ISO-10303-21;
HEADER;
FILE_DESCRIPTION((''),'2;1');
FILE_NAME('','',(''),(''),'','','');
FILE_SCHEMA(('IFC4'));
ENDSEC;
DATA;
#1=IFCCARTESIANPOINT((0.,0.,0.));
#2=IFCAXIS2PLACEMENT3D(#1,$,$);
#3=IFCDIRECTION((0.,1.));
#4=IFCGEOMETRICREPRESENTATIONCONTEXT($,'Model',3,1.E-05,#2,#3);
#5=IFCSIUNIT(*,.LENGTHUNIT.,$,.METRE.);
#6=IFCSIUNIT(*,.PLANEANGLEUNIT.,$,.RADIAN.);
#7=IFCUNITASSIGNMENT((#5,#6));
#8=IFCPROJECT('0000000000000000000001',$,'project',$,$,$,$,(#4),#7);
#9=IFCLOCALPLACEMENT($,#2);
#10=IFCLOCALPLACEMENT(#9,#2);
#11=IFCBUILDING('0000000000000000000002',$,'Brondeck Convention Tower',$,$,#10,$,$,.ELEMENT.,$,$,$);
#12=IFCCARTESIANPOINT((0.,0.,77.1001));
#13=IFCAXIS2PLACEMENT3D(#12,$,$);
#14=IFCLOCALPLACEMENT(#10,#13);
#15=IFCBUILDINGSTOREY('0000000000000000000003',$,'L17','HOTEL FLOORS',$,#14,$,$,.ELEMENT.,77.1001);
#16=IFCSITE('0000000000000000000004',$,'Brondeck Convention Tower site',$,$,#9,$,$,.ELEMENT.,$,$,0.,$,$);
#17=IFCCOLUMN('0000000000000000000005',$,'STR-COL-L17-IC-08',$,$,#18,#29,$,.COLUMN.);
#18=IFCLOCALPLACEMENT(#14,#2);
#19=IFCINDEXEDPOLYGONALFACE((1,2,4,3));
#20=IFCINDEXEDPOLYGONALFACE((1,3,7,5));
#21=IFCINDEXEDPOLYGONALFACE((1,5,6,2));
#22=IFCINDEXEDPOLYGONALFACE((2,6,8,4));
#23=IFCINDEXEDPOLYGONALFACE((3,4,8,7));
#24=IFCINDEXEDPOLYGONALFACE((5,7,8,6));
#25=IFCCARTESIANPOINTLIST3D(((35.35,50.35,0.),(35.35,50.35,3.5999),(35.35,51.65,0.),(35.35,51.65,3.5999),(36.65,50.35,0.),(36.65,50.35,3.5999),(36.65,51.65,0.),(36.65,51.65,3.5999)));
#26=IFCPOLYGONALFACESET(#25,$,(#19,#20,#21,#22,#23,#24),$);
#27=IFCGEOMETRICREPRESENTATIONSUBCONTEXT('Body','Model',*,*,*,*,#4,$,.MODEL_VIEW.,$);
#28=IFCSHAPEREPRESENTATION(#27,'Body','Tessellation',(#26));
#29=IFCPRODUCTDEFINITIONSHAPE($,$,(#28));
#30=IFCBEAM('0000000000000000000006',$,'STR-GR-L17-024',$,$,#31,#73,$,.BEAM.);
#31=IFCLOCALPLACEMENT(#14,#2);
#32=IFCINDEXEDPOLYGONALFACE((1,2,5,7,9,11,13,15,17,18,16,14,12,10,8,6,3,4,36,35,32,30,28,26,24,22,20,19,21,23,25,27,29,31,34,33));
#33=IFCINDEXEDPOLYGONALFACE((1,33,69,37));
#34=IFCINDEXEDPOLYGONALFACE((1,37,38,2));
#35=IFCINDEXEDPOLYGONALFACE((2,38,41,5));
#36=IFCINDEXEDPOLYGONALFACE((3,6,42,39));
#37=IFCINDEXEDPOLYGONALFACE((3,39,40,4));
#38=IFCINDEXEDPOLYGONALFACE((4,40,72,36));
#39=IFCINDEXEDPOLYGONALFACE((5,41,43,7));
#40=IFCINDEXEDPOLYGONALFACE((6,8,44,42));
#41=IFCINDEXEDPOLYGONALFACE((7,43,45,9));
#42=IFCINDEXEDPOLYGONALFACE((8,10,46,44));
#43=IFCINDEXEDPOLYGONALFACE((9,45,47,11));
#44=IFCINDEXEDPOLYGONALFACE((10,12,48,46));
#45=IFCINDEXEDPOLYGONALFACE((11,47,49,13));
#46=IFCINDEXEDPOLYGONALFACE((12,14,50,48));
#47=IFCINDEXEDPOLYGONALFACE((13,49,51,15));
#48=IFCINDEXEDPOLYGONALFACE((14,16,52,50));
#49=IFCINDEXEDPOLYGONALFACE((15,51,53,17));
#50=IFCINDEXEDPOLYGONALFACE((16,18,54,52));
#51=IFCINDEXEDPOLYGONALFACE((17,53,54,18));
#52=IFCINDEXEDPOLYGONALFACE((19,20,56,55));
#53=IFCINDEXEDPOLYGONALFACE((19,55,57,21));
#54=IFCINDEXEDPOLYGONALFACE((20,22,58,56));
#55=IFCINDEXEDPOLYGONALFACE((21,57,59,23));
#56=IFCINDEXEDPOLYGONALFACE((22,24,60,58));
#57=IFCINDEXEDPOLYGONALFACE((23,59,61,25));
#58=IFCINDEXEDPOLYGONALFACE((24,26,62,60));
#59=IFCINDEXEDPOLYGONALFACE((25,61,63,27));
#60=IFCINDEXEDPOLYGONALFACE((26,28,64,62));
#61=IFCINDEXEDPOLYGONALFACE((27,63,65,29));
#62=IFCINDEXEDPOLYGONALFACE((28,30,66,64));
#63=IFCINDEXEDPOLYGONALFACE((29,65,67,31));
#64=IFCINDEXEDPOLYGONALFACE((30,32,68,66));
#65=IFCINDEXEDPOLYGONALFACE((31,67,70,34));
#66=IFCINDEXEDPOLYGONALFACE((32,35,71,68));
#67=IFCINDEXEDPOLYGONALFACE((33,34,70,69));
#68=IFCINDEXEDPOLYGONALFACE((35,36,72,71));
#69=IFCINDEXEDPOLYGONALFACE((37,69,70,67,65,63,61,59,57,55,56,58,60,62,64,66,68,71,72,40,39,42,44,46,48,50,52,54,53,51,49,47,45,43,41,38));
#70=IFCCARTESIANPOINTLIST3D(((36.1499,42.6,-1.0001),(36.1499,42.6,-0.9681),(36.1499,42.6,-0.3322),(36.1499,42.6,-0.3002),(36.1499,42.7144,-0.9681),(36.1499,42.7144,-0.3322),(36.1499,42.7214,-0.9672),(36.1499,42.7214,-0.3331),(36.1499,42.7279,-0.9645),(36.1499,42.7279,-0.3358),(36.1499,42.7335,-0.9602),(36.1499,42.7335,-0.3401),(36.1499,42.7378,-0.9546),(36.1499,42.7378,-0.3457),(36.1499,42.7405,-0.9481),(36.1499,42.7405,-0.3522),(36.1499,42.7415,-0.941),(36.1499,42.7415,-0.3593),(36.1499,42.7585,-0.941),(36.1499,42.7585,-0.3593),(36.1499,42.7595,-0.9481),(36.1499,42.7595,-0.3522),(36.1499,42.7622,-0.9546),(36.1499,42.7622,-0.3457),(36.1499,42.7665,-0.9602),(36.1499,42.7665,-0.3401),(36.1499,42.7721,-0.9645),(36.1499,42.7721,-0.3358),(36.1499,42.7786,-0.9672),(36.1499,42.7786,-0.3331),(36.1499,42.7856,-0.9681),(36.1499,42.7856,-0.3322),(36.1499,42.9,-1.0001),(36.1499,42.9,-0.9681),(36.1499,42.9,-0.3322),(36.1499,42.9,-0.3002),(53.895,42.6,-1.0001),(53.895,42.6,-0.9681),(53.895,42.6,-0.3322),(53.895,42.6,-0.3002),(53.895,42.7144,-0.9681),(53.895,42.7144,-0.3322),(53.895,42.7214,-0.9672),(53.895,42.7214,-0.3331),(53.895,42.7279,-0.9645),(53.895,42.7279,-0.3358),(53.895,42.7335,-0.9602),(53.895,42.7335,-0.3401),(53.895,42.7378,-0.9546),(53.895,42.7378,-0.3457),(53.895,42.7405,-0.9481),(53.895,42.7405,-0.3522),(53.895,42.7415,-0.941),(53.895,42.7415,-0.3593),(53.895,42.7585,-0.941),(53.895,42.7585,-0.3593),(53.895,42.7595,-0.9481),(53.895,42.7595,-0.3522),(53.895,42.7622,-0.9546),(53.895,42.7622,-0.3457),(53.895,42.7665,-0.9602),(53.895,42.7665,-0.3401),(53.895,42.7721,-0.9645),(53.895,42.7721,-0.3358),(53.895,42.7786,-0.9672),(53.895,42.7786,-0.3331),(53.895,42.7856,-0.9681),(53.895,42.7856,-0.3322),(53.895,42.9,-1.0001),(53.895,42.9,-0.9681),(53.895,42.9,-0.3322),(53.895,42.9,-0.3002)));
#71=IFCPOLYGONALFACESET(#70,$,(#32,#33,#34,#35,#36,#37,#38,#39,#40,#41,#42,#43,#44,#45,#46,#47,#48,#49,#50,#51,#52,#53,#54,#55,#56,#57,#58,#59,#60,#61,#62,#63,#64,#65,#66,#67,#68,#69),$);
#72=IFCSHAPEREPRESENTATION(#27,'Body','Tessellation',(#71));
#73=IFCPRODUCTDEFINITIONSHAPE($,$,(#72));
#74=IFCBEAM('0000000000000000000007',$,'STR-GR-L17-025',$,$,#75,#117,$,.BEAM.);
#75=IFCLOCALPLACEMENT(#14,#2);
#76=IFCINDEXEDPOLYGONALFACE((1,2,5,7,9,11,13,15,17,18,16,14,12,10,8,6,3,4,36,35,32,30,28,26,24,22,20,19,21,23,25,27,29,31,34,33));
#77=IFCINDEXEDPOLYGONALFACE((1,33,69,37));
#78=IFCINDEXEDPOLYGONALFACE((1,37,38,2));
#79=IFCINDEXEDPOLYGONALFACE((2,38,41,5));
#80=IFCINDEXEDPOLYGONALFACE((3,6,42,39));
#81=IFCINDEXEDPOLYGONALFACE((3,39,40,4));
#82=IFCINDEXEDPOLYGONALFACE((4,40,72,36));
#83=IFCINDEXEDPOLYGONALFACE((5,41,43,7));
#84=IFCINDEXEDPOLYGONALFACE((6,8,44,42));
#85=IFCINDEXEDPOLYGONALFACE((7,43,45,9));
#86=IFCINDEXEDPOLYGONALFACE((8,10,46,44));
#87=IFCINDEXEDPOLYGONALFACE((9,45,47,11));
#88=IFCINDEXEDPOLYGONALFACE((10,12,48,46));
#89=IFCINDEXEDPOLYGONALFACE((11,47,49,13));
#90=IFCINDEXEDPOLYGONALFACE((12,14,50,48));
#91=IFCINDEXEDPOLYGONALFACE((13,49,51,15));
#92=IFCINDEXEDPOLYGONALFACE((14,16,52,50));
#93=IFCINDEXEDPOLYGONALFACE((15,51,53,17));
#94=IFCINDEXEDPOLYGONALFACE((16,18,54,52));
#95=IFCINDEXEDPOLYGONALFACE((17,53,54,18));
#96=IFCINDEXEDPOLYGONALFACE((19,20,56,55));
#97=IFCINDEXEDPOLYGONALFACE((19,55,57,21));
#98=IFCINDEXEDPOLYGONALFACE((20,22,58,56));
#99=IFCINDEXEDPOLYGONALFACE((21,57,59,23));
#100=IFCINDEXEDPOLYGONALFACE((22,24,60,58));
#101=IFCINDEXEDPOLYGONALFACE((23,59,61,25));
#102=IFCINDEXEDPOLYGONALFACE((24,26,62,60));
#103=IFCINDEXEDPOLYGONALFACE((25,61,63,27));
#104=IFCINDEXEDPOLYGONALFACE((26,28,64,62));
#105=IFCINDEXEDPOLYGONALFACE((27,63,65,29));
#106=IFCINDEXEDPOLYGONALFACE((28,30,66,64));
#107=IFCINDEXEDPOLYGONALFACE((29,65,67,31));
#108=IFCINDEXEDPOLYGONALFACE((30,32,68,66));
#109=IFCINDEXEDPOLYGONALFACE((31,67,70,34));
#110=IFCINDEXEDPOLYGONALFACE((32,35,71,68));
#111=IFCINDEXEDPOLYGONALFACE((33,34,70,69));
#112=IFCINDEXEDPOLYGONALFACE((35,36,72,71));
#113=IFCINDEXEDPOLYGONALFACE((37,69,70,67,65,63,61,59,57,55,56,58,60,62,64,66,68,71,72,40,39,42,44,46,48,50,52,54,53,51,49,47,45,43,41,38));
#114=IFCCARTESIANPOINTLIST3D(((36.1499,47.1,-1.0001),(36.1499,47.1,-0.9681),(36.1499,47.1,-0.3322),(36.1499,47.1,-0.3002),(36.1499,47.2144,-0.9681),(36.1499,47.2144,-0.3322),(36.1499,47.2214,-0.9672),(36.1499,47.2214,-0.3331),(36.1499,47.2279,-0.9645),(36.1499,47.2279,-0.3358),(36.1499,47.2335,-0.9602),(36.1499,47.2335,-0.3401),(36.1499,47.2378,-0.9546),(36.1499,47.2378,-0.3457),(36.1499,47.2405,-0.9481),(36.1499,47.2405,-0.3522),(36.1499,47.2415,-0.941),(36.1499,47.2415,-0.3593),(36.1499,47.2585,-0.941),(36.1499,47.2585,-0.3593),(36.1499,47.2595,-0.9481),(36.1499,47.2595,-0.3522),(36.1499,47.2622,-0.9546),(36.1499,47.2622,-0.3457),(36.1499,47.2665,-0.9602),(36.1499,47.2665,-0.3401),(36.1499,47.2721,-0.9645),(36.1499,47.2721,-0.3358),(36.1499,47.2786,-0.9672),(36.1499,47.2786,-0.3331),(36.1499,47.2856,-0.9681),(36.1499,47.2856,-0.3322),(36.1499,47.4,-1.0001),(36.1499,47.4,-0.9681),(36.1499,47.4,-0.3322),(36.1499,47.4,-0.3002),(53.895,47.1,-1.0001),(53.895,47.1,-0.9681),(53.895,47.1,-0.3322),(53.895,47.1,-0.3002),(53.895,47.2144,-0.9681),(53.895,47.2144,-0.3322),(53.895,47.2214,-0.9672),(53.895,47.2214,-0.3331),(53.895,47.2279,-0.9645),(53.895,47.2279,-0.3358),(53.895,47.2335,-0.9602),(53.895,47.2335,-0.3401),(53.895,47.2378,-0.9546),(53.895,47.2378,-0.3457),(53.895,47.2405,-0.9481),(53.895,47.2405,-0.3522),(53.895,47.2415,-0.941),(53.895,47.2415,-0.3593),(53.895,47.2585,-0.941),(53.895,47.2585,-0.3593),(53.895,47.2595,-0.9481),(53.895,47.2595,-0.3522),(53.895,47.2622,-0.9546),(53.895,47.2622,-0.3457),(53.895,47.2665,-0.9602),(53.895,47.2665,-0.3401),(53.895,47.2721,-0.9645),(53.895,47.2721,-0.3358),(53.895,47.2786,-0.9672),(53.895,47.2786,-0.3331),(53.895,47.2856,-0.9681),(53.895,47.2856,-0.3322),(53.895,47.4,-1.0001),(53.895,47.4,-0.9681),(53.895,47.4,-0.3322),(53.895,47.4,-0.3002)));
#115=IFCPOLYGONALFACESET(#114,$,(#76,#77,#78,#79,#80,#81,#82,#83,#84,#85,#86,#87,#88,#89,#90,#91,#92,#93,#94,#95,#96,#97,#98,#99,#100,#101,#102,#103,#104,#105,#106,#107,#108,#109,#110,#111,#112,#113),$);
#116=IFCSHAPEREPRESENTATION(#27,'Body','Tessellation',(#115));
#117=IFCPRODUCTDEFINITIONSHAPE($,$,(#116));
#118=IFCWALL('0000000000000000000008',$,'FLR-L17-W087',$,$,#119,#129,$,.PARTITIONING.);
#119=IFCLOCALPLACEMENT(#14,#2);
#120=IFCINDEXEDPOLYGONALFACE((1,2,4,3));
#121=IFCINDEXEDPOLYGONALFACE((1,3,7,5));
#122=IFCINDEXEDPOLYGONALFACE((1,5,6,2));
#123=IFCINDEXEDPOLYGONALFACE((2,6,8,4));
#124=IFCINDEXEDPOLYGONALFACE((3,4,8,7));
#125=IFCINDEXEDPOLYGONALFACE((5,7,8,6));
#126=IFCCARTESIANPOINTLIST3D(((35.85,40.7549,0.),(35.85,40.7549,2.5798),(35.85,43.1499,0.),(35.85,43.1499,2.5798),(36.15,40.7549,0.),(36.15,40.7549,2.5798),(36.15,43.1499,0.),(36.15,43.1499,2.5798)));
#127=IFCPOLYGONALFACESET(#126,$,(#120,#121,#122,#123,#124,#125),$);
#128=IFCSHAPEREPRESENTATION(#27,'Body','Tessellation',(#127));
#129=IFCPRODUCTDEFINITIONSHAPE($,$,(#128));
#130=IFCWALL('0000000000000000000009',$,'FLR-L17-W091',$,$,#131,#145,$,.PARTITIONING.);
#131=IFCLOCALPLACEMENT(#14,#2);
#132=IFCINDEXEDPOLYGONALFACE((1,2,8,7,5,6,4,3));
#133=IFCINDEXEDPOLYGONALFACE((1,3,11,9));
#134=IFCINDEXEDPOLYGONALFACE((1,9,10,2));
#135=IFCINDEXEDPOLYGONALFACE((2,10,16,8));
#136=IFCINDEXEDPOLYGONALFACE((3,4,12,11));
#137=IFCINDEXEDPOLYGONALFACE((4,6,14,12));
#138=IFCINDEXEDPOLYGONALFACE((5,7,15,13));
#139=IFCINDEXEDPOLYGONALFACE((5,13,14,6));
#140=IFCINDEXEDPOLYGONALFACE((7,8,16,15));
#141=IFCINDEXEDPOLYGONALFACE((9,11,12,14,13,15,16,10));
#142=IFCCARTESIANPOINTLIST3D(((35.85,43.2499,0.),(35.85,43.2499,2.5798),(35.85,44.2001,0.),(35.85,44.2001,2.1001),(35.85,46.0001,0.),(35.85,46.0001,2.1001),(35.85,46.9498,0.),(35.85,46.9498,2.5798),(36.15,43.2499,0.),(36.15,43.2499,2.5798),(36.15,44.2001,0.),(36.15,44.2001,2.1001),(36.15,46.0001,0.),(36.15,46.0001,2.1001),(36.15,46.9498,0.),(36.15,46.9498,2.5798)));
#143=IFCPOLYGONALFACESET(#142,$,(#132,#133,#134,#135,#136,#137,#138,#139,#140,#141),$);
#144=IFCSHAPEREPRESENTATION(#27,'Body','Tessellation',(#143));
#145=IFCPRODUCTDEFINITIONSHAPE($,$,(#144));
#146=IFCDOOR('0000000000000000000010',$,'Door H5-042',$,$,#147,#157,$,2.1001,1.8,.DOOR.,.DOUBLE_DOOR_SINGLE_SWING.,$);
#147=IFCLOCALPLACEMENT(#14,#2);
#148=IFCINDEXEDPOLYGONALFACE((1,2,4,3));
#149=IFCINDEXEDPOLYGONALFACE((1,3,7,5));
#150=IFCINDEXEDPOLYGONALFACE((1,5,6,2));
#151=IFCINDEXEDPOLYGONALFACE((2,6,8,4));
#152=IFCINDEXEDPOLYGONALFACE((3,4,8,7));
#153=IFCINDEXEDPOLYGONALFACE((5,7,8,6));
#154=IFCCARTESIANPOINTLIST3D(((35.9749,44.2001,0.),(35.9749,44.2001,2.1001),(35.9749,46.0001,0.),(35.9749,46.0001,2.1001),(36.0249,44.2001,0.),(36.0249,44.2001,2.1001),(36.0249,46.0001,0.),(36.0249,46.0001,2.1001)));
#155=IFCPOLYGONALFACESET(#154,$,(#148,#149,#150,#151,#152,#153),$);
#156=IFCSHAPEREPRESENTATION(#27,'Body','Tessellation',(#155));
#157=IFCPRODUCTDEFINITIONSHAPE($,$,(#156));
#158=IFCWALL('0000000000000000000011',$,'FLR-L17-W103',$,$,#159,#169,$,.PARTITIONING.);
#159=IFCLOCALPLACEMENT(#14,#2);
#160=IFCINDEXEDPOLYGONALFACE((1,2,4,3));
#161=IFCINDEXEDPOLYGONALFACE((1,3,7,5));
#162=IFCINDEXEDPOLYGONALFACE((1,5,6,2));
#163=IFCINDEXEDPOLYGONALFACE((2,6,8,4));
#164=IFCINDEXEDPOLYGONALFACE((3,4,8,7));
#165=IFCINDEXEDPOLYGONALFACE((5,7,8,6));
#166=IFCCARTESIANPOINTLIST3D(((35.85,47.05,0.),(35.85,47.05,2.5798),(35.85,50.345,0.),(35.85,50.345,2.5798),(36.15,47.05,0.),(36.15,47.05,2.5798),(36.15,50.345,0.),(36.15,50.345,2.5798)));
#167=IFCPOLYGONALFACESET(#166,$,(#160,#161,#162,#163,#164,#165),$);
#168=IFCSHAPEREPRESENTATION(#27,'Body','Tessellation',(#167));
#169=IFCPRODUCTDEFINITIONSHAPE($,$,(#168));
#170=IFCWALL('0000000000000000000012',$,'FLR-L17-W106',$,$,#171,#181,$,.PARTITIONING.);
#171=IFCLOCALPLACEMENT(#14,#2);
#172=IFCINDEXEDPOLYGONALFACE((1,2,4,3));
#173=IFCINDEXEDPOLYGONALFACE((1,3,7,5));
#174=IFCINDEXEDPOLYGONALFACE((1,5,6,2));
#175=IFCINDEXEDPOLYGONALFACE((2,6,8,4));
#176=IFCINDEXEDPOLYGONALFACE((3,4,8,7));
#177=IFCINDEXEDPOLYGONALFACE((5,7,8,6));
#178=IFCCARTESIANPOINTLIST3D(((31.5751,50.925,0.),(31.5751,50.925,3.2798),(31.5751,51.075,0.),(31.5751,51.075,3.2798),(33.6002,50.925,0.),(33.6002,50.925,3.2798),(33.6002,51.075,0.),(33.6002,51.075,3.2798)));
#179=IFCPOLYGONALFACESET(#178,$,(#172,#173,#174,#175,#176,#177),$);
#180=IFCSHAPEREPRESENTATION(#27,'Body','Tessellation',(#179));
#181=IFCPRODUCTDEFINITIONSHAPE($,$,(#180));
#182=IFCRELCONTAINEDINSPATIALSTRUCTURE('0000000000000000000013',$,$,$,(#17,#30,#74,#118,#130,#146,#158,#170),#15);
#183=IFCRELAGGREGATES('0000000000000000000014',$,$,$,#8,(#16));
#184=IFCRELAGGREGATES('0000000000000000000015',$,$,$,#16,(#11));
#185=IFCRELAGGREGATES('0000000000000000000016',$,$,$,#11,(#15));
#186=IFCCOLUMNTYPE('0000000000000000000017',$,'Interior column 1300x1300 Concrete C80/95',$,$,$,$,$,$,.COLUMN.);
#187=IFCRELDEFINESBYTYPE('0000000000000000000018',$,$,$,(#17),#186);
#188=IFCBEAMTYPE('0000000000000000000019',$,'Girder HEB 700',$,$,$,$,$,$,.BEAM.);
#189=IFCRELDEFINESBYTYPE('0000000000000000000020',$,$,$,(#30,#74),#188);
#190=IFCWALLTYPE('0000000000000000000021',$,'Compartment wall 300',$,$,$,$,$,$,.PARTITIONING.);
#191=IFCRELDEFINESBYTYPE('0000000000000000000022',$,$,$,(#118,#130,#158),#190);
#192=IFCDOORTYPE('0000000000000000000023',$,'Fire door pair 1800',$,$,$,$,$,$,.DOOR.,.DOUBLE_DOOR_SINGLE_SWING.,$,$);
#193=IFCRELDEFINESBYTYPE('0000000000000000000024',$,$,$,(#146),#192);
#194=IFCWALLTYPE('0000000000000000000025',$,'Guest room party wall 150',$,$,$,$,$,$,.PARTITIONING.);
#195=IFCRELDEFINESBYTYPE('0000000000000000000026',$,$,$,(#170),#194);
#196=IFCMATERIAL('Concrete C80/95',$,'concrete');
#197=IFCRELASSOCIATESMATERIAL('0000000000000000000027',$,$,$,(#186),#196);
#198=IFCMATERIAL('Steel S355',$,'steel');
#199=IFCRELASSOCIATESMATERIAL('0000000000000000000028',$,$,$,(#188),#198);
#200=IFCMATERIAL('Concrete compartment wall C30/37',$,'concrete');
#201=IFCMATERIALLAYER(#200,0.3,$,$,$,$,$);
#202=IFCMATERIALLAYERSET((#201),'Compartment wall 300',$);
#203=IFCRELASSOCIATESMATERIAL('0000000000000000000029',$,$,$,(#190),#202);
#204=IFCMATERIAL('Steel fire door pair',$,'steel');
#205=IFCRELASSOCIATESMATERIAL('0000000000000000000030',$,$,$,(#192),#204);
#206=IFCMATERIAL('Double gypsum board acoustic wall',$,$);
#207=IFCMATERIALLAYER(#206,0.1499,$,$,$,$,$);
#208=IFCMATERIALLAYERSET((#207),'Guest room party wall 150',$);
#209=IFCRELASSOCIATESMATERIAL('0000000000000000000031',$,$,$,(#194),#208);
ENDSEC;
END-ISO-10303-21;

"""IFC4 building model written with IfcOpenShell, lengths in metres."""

from ifc_helpers import new_model, si_unit, direction, frame, frame_2d, origin, origin_2d, place, context, subcontext, project, spatial, rectangle, i_section, extrude, material, layer, layer_set, material_profile, profile_set, type_object, element, fill, save


model = new_model("IFC4")

# Units and contexts
model_context = context("Model", 3, precision=1e-05, world=origin(), true_north=direction((0.0, 1.0)))
body_context = subcontext(model_context, "Body", "Model", "MODEL_VIEW")
ifc_project = project(units=[si_unit("LENGTHUNIT", "METRE"), si_unit("PLANEANGLEUNIT", "RADIAN")], contexts=[model_context])

# Site, building, storey
site_placement = place(None, origin())
site = spatial("IfcSite", under=ifc_project, at=site_placement, Name="Brondeck Convention Tower site", CompositionType="ELEMENT", RefElevation=0.0)
building_placement = place(site_placement, origin())
building = spatial("IfcBuilding", under=site, at=building_placement, Name="Brondeck Convention Tower", CompositionType="ELEMENT")
storey_placement = place(building_placement, frame((0.0, 0.0, 77.1001)))
storey = spatial("IfcBuildingStorey", under=building, at=storey_placement, Name="L17", Description="HOTEL FLOORS", CompositionType="ELEMENT", Elevation=77.1001)

# Column
ifc_material_1 = material(Name="Concrete C80/95", Category="concrete")
ifc_material_profile_1 = material_profile(ifc_material_1, rectangle(XDim=1.3, YDim=1.3, at=origin_2d()), Name="Interior column 1300x1300 Concrete C80/95")
ifc_profile_set_1 = profile_set([ifc_material_profile_1], Name="Concrete C80/95")
column_type = type_object("IfcColumnType", Name="Interior column 1300x1300 Concrete C80/95", PredefinedType="COLUMN", material=ifc_profile_set_1)
column_placement = place(storey_placement, frame((36.0, 51.0, 0.0), z_axis=(0.0, 0.0, 1.0), x_axis=(1.0, 0.0, 0.0)))
element("IfcColumn", 1, at=column_placement, inside=storey, type_object=column_type, Name="STR-COL-L17-IC-08", PredefinedType="COLUMN", context=body_context, shape_type="SweptSolid", body=[
    extrude(rectangle(XDim=1.3, YDim=1.3, at=origin_2d()), origin(), (0.0, 0.0, 1.0), 3.5999),
])

# Beams
ifc_material_2 = material(Name="Steel S355", Category="steel")
ifc_material_profile_2 = material_profile(ifc_material_2, i_section(OverallWidth=0.3, OverallDepth=0.7, WebThickness=0.0171, FlangeThickness=0.032, FilletRadius=0.0271, at=origin_2d()), Name="HEB 700")
ifc_profile_set_2 = profile_set([ifc_material_profile_2], Name="Steel S355")
beam_type = type_object("IfcBeamType", Name="Girder HEB 700", PredefinedType="BEAM", material=ifc_profile_set_2)
for number, where, z_axis, x_axis, name in (
    (2, (36.1499, 42.75, -0.6501), (1.0, 0.0, 0.0), (0.0, 1.0, 0.0), "STR-GR-L17-024"),
    (3, (36.1499, 47.25, -0.6501), (1.0, 0.0, 0.0), (0.0, 1.0, 0.0), "STR-GR-L17-025"),
):
    element("IfcBeam", number, at=place(storey_placement, frame(where, z_axis=z_axis, x_axis=x_axis)), inside=storey, type_object=beam_type, Name=name, PredefinedType="BEAM", context=body_context, shape_type="SweptSolid", body=[
        extrude(i_section(OverallWidth=0.3, OverallDepth=0.7, WebThickness=0.0171, FlangeThickness=0.032, FilletRadius=0.0271, at=origin_2d()), origin(), (0.0, 0.0, 1.0), 17.7451),
    ])

# Wall
ifc_material_3 = material(Name="Concrete compartment wall C30/37", Category="concrete")
ifc_layer_1 = layer(ifc_material_3, 0.3)
ifc_layer_set_1 = layer_set([ifc_layer_1], Name="Compartment wall 300")
wall_type_1 = type_object("IfcWallType", Name="Compartment wall 300", PredefinedType="PARTITIONING", material=ifc_layer_set_1)
wall_1_placement = place(storey_placement, frame((36.0, 43.1499, 0.0), z_axis=(0.0, 0.0, 1.0), x_axis=(0.0, -1.0, 0.0)))
element("IfcWall", 4, at=wall_1_placement, inside=storey, type_object=wall_type_1, Name="FLR-L17-W087", PredefinedType="PARTITIONING", context=body_context, shape_type="SweptSolid", body=[
    extrude(rectangle(XDim=2.395, YDim=0.3, at=frame_2d((1.1975, 0.0))), origin(), (0.0, 0.0, 1.0), 2.5798),
])

# Wall, opening, door
wall_2_placement = place(storey_placement, frame((36.0, 46.95, 0.0), z_axis=(0.0, 0.0, 1.0), x_axis=(0.0, -1.0, 0.0)))
wall_2 = element("IfcWall", 5, at=wall_2_placement, inside=storey, type_object=wall_type_1, Name="FLR-L17-W091", PredefinedType="PARTITIONING", context=body_context, shape_type="SweptSolid", body=[
    extrude(rectangle(XDim=3.7, YDim=0.3, at=frame_2d((1.8501, 0.0))), origin(), (0.0, 0.0, 1.0), 2.5798),
])
opening_1_placement = place(wall_2_placement, frame((0.95, 0.0, 0.0)))
opening_1 = element("IfcOpeningElement", 6, at=opening_1_placement, cuts=wall_2, PredefinedType="OPENING", context=body_context, shape_type="SweptSolid", body=[
    extrude(rectangle(XDim=1.8, YDim=2.1001, at=frame_2d((0.8999, 1.05))), frame((0.0, 0.1599, 0.0), z_axis=(0.0, -1.0, 0.0), x_axis=(1.0, 0.0, 0.0)), (0.0, 0.0, 1.0), 0.3201),
])
ifc_material_4 = material(Name="Steel fire door pair", Category="steel")
door_type_1 = type_object("IfcDoorType", Name="Fire door pair 1800", OperationType="DOUBLE_DOOR_SINGLE_SWING", PredefinedType="DOOR", material=ifc_material_4)
door_1_placement = place(opening_1_placement, origin())
door_1 = element("IfcDoor", 7, at=door_1_placement, inside=storey, type_object=door_type_1, Name="Door H5-042", OperationType="DOUBLE_DOOR_SINGLE_SWING", OverallHeight=2.1001, OverallWidth=1.8, PredefinedType="DOOR", context=body_context, shape_type="SweptSolid", body=[
    extrude(rectangle(XDim=1.8, YDim=2.1001, at=frame_2d((0.8999, 1.05))), frame((0.0, 0.0249, 0.0), z_axis=(0.0, -1.0, 0.0), x_axis=(1.0, 0.0, 0.0)), (0.0, 0.0, 1.0), 0.05),
])
fill(opening_1, door_1)

# Walls
wall_3_placement = place(storey_placement, frame((36.0, 50.345, 0.0), z_axis=(0.0, 0.0, 1.0), x_axis=(0.0, -1.0, 0.0)))
element("IfcWall", 8, at=wall_3_placement, inside=storey, type_object=wall_type_1, Name="FLR-L17-W103", PredefinedType="PARTITIONING", context=body_context, shape_type="SweptSolid", body=[
    extrude(rectangle(XDim=3.2949, YDim=0.3, at=frame_2d((1.6475, 0.0))), origin(), (0.0, 0.0, 1.0), 2.5798),
])
ifc_material_5 = material(Name="Double gypsum board acoustic wall")
ifc_layer_2 = layer(ifc_material_5, 0.1499)
ifc_layer_set_2 = layer_set([ifc_layer_2], Name="Guest room party wall 150")
wall_type_2 = type_object("IfcWallType", Name="Guest room party wall 150", PredefinedType="PARTITIONING", material=ifc_layer_set_2)
wall_4_placement = place(storey_placement, frame((31.575, 51.0, 0.0), z_axis=(0.0, 0.0, 1.0), x_axis=(1.0, 0.0, 0.0)))
element("IfcWall", 9, at=wall_4_placement, inside=storey, type_object=wall_type_2, Name="FLR-L17-W106", PredefinedType="PARTITIONING", context=body_context, shape_type="SweptSolid", body=[
    extrude(rectangle(XDim=2.0251, YDim=0.1499, at=frame_2d((1.0127, 0.0))), origin(), (0.0, 0.0, 1.0), 3.2798),
])

save(model, "model.ifc")
